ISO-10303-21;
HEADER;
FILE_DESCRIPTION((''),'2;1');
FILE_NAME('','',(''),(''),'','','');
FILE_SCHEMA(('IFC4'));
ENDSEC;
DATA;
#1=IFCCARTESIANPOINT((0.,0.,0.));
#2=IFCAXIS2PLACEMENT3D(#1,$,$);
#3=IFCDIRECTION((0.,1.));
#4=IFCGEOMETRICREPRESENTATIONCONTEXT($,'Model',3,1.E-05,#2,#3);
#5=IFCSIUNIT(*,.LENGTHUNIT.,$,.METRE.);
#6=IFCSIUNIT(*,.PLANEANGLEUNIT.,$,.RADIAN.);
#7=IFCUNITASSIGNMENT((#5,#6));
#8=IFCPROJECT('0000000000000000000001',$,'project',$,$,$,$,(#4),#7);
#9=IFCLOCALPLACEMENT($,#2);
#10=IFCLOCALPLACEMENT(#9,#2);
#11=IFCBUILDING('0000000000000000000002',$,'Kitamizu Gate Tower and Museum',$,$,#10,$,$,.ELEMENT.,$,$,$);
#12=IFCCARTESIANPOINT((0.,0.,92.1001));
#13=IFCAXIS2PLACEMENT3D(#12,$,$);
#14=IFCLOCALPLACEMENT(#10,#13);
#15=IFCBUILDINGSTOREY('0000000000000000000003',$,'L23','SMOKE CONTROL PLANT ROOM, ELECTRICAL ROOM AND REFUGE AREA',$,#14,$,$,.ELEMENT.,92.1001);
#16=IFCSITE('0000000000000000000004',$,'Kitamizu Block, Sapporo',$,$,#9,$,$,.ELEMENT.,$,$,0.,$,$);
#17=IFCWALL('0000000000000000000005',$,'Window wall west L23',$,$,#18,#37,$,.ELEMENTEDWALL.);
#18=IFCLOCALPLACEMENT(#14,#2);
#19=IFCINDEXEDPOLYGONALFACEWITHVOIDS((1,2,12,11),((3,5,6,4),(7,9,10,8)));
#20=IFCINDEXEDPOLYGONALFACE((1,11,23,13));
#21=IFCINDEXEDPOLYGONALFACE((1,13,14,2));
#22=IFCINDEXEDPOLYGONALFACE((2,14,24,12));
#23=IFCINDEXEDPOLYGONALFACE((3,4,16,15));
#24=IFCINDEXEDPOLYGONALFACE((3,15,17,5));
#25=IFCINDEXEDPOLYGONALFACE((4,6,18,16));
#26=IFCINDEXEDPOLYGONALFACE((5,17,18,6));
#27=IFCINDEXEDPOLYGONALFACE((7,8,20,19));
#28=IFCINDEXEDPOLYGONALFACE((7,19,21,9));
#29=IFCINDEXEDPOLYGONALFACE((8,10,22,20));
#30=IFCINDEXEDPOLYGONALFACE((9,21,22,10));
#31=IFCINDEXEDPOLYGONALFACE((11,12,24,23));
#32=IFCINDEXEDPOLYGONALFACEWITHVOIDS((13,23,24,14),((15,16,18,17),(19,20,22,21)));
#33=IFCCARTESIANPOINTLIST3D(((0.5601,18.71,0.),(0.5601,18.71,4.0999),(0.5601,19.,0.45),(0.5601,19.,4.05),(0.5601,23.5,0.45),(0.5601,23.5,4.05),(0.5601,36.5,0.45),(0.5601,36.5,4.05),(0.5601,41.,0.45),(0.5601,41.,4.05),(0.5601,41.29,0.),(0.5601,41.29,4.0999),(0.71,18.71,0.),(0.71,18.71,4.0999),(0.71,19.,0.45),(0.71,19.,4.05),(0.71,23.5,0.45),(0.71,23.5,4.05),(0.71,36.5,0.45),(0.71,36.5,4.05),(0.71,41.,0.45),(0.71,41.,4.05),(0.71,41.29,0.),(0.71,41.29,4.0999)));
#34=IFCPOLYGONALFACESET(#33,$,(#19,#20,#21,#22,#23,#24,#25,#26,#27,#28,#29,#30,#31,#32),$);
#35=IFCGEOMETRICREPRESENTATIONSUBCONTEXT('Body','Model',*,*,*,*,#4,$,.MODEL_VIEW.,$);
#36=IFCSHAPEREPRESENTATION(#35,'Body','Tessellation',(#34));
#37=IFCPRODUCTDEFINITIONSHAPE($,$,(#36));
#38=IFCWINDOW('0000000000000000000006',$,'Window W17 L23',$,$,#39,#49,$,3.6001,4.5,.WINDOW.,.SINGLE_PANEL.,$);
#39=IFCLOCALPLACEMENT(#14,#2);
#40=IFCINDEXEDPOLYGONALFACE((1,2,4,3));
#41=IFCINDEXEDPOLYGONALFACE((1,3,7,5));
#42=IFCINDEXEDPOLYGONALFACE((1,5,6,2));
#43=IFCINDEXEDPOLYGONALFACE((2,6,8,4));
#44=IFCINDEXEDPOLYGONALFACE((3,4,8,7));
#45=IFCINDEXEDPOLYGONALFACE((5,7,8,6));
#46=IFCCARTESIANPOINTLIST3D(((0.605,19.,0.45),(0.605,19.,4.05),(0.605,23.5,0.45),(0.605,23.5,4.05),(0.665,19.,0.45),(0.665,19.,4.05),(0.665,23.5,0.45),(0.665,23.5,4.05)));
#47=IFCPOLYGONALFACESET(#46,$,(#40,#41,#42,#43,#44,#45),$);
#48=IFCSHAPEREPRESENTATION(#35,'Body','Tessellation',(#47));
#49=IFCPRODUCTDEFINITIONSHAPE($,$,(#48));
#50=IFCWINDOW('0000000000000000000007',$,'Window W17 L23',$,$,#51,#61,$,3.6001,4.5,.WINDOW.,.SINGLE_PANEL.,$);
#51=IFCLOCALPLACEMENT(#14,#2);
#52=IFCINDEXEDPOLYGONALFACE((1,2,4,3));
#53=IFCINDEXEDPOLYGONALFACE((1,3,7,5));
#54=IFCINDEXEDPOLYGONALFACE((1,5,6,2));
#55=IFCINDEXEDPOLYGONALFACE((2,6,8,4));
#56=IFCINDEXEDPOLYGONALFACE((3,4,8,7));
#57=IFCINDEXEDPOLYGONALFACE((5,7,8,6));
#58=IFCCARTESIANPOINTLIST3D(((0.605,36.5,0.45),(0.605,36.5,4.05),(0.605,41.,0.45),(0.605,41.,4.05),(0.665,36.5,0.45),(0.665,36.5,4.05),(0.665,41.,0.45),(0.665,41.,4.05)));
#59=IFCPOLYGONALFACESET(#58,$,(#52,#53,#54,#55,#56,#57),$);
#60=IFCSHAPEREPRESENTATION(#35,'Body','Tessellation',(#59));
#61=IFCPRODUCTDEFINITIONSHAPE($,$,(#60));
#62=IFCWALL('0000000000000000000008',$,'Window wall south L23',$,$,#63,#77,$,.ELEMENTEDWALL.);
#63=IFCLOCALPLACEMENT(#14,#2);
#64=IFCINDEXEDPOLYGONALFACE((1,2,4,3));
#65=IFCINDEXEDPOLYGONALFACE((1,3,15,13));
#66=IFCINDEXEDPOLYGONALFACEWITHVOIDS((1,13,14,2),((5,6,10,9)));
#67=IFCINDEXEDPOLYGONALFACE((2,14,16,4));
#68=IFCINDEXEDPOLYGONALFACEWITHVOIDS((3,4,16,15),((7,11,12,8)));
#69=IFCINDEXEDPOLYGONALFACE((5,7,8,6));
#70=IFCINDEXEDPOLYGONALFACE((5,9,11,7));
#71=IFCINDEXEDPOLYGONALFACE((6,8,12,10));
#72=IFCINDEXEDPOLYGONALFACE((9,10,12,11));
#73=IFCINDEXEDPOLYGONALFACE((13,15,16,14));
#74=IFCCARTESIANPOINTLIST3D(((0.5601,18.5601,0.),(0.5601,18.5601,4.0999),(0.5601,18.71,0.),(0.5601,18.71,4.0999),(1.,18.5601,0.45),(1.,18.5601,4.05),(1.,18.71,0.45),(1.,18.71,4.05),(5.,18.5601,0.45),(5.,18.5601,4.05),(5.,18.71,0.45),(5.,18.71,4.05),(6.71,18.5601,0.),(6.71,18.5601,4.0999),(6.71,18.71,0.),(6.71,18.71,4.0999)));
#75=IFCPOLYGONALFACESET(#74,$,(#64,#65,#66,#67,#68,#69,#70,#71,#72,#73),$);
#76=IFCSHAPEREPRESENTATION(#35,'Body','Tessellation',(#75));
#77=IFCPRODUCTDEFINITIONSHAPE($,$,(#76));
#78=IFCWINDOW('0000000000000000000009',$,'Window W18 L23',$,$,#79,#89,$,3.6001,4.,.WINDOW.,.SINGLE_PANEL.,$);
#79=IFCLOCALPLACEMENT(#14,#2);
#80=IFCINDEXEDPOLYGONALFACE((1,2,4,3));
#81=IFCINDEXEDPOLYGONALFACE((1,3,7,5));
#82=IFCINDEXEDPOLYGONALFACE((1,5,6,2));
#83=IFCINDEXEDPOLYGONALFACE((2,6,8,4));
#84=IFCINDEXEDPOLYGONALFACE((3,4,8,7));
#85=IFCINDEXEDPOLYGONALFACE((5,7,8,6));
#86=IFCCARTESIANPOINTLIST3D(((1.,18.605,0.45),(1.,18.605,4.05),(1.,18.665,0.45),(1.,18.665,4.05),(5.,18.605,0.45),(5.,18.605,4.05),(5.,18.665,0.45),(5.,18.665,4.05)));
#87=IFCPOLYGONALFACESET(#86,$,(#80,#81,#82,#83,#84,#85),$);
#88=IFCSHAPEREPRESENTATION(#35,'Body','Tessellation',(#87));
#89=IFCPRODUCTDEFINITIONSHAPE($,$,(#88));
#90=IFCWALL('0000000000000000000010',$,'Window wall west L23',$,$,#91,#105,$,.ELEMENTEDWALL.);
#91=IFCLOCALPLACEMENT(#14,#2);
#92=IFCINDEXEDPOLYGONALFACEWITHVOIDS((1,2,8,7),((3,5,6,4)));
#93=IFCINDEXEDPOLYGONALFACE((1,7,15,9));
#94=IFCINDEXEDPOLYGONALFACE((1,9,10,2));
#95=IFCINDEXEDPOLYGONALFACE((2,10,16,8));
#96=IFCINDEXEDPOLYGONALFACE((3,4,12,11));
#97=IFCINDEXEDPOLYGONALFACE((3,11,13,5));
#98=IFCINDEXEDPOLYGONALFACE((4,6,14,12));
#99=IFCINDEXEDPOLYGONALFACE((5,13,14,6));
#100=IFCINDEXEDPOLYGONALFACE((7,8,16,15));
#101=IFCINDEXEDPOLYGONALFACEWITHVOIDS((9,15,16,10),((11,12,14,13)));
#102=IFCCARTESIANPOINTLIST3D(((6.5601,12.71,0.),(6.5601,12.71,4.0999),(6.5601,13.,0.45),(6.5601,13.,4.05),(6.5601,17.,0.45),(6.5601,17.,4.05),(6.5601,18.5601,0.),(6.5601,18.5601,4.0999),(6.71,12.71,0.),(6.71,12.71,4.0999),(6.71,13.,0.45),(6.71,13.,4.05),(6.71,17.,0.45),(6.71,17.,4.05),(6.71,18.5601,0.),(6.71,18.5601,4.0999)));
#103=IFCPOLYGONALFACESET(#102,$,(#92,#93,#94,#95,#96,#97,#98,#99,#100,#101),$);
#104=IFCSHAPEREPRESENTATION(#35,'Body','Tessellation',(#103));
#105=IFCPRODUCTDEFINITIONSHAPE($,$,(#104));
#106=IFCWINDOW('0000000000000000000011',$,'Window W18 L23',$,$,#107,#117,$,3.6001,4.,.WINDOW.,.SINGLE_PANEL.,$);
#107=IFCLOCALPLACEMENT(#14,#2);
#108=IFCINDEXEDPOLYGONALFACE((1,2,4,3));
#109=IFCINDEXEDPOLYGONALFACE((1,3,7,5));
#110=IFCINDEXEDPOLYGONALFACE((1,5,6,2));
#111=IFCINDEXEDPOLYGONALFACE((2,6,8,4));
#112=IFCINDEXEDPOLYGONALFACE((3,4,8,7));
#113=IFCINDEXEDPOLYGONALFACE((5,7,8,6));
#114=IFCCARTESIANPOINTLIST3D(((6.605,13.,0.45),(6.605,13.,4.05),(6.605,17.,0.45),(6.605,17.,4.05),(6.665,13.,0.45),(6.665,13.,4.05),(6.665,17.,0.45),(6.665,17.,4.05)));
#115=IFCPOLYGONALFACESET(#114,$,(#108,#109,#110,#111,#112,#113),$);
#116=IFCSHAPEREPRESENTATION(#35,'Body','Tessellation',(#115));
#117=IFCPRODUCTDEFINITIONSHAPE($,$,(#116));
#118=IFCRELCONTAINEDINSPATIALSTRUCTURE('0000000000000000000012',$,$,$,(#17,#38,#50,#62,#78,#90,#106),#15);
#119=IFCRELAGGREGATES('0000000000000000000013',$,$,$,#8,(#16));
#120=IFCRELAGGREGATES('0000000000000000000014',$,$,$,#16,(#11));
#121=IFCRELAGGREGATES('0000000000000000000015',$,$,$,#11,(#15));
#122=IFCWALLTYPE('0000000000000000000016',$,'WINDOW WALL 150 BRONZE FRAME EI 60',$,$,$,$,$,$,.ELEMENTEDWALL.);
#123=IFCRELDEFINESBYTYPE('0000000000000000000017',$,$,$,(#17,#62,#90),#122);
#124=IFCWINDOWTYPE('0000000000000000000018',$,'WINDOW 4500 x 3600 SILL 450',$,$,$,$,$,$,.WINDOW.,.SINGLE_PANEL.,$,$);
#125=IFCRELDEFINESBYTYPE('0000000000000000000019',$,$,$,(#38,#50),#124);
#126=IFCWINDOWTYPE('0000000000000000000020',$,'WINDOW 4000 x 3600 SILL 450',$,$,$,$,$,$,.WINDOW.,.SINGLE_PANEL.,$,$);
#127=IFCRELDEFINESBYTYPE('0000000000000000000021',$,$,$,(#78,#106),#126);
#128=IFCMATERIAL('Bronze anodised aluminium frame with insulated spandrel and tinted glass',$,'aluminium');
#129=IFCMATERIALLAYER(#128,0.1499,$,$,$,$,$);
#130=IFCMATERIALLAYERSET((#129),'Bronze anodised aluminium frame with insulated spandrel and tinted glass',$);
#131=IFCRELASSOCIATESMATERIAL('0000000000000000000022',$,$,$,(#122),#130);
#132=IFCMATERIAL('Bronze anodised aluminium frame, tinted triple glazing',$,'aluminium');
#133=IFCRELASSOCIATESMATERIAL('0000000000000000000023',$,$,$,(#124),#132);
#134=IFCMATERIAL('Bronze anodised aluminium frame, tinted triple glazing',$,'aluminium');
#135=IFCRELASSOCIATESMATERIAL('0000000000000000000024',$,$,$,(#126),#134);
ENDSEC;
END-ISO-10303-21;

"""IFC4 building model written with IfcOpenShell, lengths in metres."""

from ifc_helpers import new_model, si_unit, direction, frame, frame_2d, origin, place, context, subcontext, project, spatial, rectangle, extrude, material, layer, layer_set, type_object, element, fill, save


model = new_model("IFC4")

# Units and contexts
model_context = context("Model", 3, precision=1e-05, world=origin(), true_north=direction((0.0, 1.0)))
body_context = subcontext(model_context, "Body", "Model", "MODEL_VIEW")
ifc_project = project(units=[si_unit("LENGTHUNIT", "METRE"), si_unit("PLANEANGLEUNIT", "RADIAN")], contexts=[model_context])

# Site, building, storey
site_placement = place(None, origin())
site = spatial("IfcSite", under=ifc_project, at=site_placement, Name="Kitamizu Block, Sapporo", CompositionType="ELEMENT", RefElevation=0.0)
building_placement = place(site_placement, origin())
building = spatial("IfcBuilding", under=site, at=building_placement, Name="Kitamizu Gate Tower and Museum", CompositionType="ELEMENT")
storey_placement = place(building_placement, frame((0.0, 0.0, 92.1001)))
storey = spatial("IfcBuildingStorey", under=building, at=storey_placement, Name="L23", Description="SMOKE CONTROL PLANT ROOM, ELECTRICAL ROOM AND REFUGE AREA", CompositionType="ELEMENT", Elevation=92.1001)

# Shared definitions
ifc_material_1 = material(Name="Bronze anodised aluminium frame with insulated spandrel and tinted glass", Category="aluminium")
ifc_layer_1 = layer(ifc_material_1, 0.1499)
ifc_layer_set_1 = layer_set([ifc_layer_1], Name="Bronze anodised aluminium frame with insulated spandrel and tinted glass")
wall_type_1 = type_object("IfcWallType", Name="WINDOW WALL 150 BRONZE FRAME EI 60", PredefinedType="ELEMENTEDWALL", material=ifc_layer_set_1)
ifc_material_2 = material(Name="Bronze anodised aluminium frame, tinted triple glazing", Category="aluminium")
window_type_1 = type_object("IfcWindowType", Name="WINDOW 4500 x 3600 SILL 450", PartitioningType="SINGLE_PANEL", PredefinedType="WINDOW", material=ifc_material_2)

# Wall, openings, windows
wall_1_placement = place(storey_placement, frame((0.635, 18.71, 0.0), z_axis=(0.0, 0.0, 1.0), x_axis=(0.0, 1.0, 0.0)))
wall_1 = element("IfcWall", 1, at=wall_1_placement, inside=storey, type_object=wall_type_1, Name="Window wall west L23", PredefinedType="ELEMENTEDWALL", context=body_context, shape_type="SweptSolid", body=[
    extrude(rectangle(XDim=22.5801, YDim=0.1499, at=frame_2d((11.29, 0.0))), origin(), (0.0, 0.0, 1.0), 4.0999),
])
opening_1_placement = place(wall_1_placement, frame((0.29, 0.0, 0.45)))
opening_1 = element("IfcOpeningElement", 2, at=opening_1_placement, cuts=wall_1, PredefinedType="OPENING", context=body_context, shape_type="SweptSolid", body=[
    extrude(rectangle(XDim=4.5, YDim=3.6001, at=frame_2d((2.25, 1.8))), frame((0.0, 0.085, 0.0), z_axis=(0.0, -1.0, 0.0), x_axis=(1.0, 0.0, 0.0)), (0.0, 0.0, 1.0), 0.1699),
])
opening_2_placement = place(wall_1_placement, frame((17.79, 0.0, 0.45)))
opening_2 = element("IfcOpeningElement", 3, at=opening_2_placement, cuts=wall_1, PredefinedType="OPENING", context=body_context, shape_type="SweptSolid", body=[
    extrude(rectangle(XDim=4.5, YDim=3.6001, at=frame_2d((2.25, 1.8))), frame((0.0, 0.085, 0.0), z_axis=(0.0, -1.0, 0.0), x_axis=(1.0, 0.0, 0.0)), (0.0, 0.0, 1.0), 0.1699),
])
window_1_placement = place(opening_1_placement, origin())
window_1 = element("IfcWindow", 4, at=window_1_placement, inside=storey, type_object=window_type_1, Name="Window W17 L23", OverallHeight=3.6001, OverallWidth=4.5, PartitioningType="SINGLE_PANEL", PredefinedType="WINDOW", context=body_context, shape_type="SweptSolid", body=[
    extrude(rectangle(XDim=4.5, YDim=3.6001, at=frame_2d((2.25, 1.8))), frame((0.0, 0.03, 0.0), z_axis=(0.0, -1.0, 0.0), x_axis=(1.0, 0.0, 0.0)), (0.0, 0.0, 1.0), 0.0601),
])
fill(opening_1, window_1)
window_2_placement = place(opening_2_placement, origin())
window_2 = element("IfcWindow", 5, at=window_2_placement, inside=storey, type_object=window_type_1, Name="Window W17 L23", OverallHeight=3.6001, OverallWidth=4.5, PartitioningType="SINGLE_PANEL", PredefinedType="WINDOW", context=body_context, shape_type="SweptSolid", body=[
    extrude(rectangle(XDim=4.5, YDim=3.6001, at=frame_2d((2.25, 1.8))), frame((0.0, 0.03, 0.0), z_axis=(0.0, -1.0, 0.0), x_axis=(1.0, 0.0, 0.0)), (0.0, 0.0, 1.0), 0.0601),
])
fill(opening_2, window_2)

# Walls, openings, windows
wall_2_placement = place(storey_placement, frame((0.5601, 18.635, 0.0), z_axis=(0.0, 0.0, 1.0), x_axis=(1.0, 0.0, 0.0)))
wall_2 = element("IfcWall", 6, at=wall_2_placement, inside=storey, type_object=wall_type_1, Name="Window wall south L23", PredefinedType="ELEMENTEDWALL", context=body_context, shape_type="SweptSolid", body=[
    extrude(rectangle(XDim=6.1499, YDim=0.1499, at=frame_2d((3.075, 0.0))), origin(), (0.0, 0.0, 1.0), 4.0999),
])
opening_3_placement = place(wall_2_placement, frame((0.4399, 0.0, 0.45)))
opening_3 = element("IfcOpeningElement", 7, at=opening_3_placement, cuts=wall_2, PredefinedType="OPENING", context=body_context, shape_type="SweptSolid", body=[
    extrude(rectangle(XDim=4.0, YDim=3.6001, at=frame_2d((2.0, 1.8))), frame((0.0, 0.085, 0.0), z_axis=(0.0, -1.0, 0.0), x_axis=(1.0, 0.0, 0.0)), (0.0, 0.0, 1.0), 0.1699),
])
ifc_material_3 = material(Name="Bronze anodised aluminium frame, tinted triple glazing", Category="aluminium")
window_type_2 = type_object("IfcWindowType", Name="WINDOW 4000 x 3600 SILL 450", PartitioningType="SINGLE_PANEL", PredefinedType="WINDOW", material=ifc_material_3)
window_3_placement = place(opening_3_placement, origin())
window_3 = element("IfcWindow", 8, at=window_3_placement, inside=storey, type_object=window_type_2, Name="Window W18 L23", OverallHeight=3.6001, OverallWidth=4.0, PartitioningType="SINGLE_PANEL", PredefinedType="WINDOW", context=body_context, shape_type="SweptSolid", body=[
    extrude(rectangle(XDim=4.0, YDim=3.6001, at=frame_2d((2.0, 1.8))), frame((0.0, 0.03, 0.0), z_axis=(0.0, -1.0, 0.0), x_axis=(1.0, 0.0, 0.0)), (0.0, 0.0, 1.0), 0.0601),
])
fill(opening_3, window_3)
wall_3_placement = place(storey_placement, frame((6.635, 12.71, 0.0), z_axis=(0.0, 0.0, 1.0), x_axis=(0.0, 1.0, 0.0)))
wall_3 = element("IfcWall", 9, at=wall_3_placement, inside=storey, type_object=wall_type_1, Name="Window wall west L23", PredefinedType="ELEMENTEDWALL", context=body_context, shape_type="SweptSolid", body=[
    extrude(rectangle(XDim=5.8501, YDim=0.1499, at=frame_2d((2.925, 0.0))), origin(), (0.0, 0.0, 1.0), 4.0999),
])
opening_4_placement = place(wall_3_placement, frame((0.29, 0.0, 0.45)))
opening_4 = element("IfcOpeningElement", 10, at=opening_4_placement, cuts=wall_3, PredefinedType="OPENING", context=body_context, shape_type="SweptSolid", body=[
    extrude(rectangle(XDim=4.0, YDim=3.6001, at=frame_2d((2.0, 1.8))), frame((0.0, 0.085, 0.0), z_axis=(0.0, -1.0, 0.0), x_axis=(1.0, 0.0, 0.0)), (0.0, 0.0, 1.0), 0.1699),
])
window_4_placement = place(opening_4_placement, origin())
window_4 = element("IfcWindow", 11, at=window_4_placement, inside=storey, type_object=window_type_2, Name="Window W18 L23", OverallHeight=3.6001, OverallWidth=4.0, PartitioningType="SINGLE_PANEL", PredefinedType="WINDOW", context=body_context, shape_type="SweptSolid", body=[
    extrude(rectangle(XDim=4.0, YDim=3.6001, at=frame_2d((2.0, 1.8))), frame((0.0, 0.03, 0.0), z_axis=(0.0, -1.0, 0.0), x_axis=(1.0, 0.0, 0.0)), (0.0, 0.0, 1.0), 0.0601),
])
fill(opening_4, window_4)

save(model, "model.ifc")
